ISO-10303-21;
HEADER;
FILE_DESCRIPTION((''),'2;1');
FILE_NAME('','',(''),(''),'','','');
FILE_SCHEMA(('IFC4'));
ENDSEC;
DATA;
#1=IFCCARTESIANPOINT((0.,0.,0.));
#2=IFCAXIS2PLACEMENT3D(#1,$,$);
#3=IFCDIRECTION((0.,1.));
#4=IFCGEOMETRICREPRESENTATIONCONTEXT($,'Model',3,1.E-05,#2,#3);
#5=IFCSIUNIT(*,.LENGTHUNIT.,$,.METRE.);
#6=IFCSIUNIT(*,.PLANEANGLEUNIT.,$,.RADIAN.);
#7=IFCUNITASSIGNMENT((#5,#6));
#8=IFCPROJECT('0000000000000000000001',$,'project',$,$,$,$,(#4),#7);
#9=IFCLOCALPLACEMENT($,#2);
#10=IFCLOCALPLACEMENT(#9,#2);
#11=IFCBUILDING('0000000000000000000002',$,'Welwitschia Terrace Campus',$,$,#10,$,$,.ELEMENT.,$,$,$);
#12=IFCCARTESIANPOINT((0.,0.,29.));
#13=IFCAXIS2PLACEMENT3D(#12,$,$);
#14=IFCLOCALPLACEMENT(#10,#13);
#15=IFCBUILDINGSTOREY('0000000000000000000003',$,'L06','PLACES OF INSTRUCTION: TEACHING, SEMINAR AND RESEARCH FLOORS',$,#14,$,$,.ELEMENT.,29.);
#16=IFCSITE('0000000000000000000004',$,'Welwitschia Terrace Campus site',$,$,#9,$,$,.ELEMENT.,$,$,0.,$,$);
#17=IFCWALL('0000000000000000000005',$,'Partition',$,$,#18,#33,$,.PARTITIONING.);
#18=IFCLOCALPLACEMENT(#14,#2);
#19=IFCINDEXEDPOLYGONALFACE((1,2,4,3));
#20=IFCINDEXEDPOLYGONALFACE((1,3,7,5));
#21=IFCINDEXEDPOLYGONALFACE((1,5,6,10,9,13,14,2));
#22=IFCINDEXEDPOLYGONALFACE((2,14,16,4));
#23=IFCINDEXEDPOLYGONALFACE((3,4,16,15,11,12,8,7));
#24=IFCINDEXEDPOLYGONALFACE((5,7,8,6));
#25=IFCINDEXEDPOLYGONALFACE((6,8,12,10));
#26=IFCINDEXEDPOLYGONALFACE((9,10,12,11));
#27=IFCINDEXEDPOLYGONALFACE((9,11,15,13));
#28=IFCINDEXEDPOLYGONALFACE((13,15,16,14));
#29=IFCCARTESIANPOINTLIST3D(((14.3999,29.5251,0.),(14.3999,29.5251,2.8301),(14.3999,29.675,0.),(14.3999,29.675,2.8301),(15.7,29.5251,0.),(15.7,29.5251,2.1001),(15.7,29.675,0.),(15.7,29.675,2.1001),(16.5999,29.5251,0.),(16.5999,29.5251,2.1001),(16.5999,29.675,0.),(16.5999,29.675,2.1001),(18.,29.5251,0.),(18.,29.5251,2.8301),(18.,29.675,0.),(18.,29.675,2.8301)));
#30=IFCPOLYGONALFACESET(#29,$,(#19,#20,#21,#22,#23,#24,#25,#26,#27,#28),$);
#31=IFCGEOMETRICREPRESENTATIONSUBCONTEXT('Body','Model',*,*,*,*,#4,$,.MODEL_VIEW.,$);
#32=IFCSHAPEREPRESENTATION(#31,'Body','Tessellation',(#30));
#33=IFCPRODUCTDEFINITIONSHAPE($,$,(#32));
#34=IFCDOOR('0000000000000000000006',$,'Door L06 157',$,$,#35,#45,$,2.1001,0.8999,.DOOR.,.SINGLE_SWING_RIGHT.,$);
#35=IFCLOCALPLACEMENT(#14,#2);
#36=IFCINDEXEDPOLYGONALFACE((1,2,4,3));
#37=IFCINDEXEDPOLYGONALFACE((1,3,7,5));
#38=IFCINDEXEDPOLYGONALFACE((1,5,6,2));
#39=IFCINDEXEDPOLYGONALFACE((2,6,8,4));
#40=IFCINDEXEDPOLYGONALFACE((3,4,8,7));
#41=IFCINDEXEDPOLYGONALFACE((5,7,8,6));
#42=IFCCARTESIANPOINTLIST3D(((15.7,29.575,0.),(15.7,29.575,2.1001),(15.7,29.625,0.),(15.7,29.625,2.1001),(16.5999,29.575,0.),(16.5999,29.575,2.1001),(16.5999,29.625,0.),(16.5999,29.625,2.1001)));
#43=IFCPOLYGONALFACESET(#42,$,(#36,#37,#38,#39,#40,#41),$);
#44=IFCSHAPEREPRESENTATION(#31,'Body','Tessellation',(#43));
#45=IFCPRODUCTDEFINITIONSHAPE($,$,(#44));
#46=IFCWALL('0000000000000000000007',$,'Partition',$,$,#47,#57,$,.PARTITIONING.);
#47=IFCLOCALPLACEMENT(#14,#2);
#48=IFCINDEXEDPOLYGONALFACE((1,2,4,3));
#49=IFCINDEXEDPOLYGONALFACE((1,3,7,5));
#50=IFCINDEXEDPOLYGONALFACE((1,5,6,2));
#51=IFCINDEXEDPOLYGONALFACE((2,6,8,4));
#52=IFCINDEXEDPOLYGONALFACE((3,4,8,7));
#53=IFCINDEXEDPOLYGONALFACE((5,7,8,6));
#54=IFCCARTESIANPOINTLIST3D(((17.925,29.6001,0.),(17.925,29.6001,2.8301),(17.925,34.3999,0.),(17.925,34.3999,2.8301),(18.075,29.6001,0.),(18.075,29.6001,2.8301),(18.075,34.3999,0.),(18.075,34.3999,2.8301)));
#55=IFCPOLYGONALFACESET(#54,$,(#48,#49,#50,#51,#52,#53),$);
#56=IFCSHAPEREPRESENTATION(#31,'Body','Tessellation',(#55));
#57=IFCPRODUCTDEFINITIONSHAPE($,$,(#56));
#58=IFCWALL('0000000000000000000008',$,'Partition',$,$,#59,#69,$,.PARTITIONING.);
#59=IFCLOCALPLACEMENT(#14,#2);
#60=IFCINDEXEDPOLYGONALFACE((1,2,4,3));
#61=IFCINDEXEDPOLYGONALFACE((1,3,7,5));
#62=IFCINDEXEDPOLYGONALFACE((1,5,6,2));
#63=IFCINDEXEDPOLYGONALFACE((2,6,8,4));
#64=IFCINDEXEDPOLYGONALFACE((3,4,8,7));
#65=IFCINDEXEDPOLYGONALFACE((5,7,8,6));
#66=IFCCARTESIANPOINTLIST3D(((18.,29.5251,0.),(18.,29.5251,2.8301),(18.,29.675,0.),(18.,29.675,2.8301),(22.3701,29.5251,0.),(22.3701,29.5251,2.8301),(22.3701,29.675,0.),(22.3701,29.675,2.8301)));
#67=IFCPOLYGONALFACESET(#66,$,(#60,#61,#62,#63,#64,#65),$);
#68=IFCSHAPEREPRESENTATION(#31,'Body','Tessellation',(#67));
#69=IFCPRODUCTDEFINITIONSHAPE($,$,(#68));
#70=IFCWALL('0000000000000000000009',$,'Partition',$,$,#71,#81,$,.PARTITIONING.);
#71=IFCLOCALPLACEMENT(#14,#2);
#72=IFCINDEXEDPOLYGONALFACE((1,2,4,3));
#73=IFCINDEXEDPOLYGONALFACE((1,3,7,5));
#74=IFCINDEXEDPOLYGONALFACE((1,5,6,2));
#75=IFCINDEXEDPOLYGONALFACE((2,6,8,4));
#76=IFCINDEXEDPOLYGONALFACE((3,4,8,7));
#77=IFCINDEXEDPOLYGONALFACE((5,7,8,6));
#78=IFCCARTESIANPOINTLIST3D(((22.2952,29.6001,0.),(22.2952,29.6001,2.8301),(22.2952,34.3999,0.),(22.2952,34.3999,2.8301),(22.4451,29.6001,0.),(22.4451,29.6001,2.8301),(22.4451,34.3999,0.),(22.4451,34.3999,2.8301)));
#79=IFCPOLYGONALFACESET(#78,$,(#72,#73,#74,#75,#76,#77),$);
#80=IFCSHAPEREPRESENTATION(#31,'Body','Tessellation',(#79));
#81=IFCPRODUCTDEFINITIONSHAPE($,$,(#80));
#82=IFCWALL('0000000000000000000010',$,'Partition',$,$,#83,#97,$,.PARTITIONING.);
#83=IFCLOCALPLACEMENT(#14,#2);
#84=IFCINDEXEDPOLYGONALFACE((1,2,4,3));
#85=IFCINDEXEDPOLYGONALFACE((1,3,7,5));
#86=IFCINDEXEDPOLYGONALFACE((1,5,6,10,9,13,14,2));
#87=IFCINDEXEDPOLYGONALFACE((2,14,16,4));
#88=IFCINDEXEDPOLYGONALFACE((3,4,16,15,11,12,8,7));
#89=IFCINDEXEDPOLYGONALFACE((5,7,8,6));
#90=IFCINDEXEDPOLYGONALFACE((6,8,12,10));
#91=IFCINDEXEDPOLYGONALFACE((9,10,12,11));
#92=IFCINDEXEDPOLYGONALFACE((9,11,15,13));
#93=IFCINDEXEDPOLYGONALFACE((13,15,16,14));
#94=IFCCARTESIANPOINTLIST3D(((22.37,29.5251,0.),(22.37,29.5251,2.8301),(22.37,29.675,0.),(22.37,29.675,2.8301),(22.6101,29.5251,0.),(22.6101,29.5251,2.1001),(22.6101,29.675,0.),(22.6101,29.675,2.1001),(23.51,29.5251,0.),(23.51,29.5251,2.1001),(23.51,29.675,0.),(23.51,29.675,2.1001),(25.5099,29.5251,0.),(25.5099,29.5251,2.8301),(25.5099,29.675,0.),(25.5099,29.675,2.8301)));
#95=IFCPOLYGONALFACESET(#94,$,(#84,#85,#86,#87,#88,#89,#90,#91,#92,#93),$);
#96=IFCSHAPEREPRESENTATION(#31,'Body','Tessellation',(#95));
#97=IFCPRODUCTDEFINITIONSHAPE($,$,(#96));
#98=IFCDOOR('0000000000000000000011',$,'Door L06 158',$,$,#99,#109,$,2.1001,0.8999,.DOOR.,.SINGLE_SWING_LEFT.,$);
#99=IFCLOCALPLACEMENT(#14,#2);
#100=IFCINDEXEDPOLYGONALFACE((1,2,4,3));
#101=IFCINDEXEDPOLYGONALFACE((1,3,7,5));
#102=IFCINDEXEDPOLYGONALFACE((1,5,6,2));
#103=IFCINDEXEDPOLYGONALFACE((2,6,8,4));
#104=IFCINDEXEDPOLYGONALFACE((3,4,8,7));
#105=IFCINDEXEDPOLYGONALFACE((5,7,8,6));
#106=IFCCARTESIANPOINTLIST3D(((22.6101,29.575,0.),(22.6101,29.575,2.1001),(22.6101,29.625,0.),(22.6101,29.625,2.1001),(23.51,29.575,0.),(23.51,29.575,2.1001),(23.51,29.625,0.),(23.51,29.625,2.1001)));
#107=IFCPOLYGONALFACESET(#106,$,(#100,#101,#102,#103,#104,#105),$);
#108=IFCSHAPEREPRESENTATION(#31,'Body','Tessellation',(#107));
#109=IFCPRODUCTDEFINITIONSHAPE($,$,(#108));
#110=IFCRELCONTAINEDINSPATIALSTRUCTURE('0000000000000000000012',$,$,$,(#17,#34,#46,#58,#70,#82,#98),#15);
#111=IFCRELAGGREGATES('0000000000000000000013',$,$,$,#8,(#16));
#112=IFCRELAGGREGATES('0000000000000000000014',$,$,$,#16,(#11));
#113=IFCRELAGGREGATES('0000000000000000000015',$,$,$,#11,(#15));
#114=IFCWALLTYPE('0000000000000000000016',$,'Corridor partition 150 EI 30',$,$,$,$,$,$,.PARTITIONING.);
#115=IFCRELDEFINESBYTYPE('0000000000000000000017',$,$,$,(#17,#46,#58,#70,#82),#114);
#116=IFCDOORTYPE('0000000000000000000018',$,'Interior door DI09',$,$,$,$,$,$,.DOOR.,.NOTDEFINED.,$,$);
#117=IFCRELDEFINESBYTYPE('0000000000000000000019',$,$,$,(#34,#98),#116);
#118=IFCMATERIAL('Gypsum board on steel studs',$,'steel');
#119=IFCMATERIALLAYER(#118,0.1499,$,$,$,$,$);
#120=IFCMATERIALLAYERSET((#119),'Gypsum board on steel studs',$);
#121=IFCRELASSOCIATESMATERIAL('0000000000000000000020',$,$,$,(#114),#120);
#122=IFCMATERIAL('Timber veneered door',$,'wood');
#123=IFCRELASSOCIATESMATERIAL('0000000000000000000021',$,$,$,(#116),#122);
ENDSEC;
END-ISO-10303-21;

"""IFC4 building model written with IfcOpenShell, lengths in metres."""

from ifc_helpers import new_model, si_unit, direction, frame, frame_2d, origin, place, context, subcontext, project, spatial, rectangle, extrude, material, layer, layer_set, type_object, element, fill, save


model = new_model("IFC4")

# Units and contexts
model_context = context("Model", 3, precision=1e-05, world=origin(), true_north=direction((0.0, 1.0)))
body_context = subcontext(model_context, "Body", "Model", "MODEL_VIEW")
ifc_project = project(units=[si_unit("LENGTHUNIT", "METRE"), si_unit("PLANEANGLEUNIT", "RADIAN")], contexts=[model_context])

# Site, building, storey
site_placement = place(None, origin())
site = spatial("IfcSite", under=ifc_project, at=site_placement, Name="Welwitschia Terrace Campus site", CompositionType="ELEMENT", RefElevation=0.0)
building_placement = place(site_placement, origin())
building = spatial("IfcBuilding", under=site, at=building_placement, Name="Welwitschia Terrace Campus", CompositionType="ELEMENT")
storey_placement = place(building_placement, frame((0.0, 0.0, 29.0)))
storey = spatial("IfcBuildingStorey", under=building, at=storey_placement, Name="L06", Description="PLACES OF INSTRUCTION: TEACHING, SEMINAR AND RESEARCH FLOORS", CompositionType="ELEMENT", Elevation=29.0)

# Shared definitions
ifc_material_1 = material(Name="Gypsum board on steel studs", Category="steel")
ifc_layer_1 = layer(ifc_material_1, 0.1499)
ifc_layer_set_1 = layer_set([ifc_layer_1], Name="Gypsum board on steel studs")
wall_type = type_object("IfcWallType", Name="Corridor partition 150 EI 30", PredefinedType="PARTITIONING", material=ifc_layer_set_1)

# Wall, opening, door
wall_1_placement = place(storey_placement, frame((14.3999, 29.6001, 0.0), z_axis=(0.0, 0.0, 1.0), x_axis=(1.0, 0.0, 0.0)))
wall_1 = element("IfcWall", 1, at=wall_1_placement, inside=storey, type_object=wall_type, Name="Partition", PredefinedType="PARTITIONING", context=body_context, shape_type="SweptSolid", body=[
    extrude(rectangle(XDim=3.6001, YDim=0.1499, at=frame_2d((1.8, 0.0))), origin(), (0.0, 0.0, 1.0), 2.8301),
])
opening_1_placement = place(wall_1_placement, frame((1.3, 0.0, 0.0)))
opening_1 = element("IfcOpeningElement", 2, at=opening_1_placement, cuts=wall_1, PredefinedType="OPENING", context=body_context, shape_type="SweptSolid", body=[
    extrude(rectangle(XDim=0.8999, YDim=2.1001, at=frame_2d((0.45, 1.05))), frame((0.0, 0.085, 0.0), z_axis=(0.0, -1.0, 0.0), x_axis=(1.0, 0.0, 0.0)), (0.0, 0.0, 1.0), 0.1699),
])
ifc_material_2 = material(Name="Timber veneered door", Category="wood")
door_type = type_object("IfcDoorType", Name="Interior door DI09", OperationType="NOTDEFINED", PredefinedType="DOOR", material=ifc_material_2)
door_1_placement = place(opening_1_placement, origin())
door_1 = element("IfcDoor", 3, at=door_1_placement, inside=storey, type_object=door_type, Name="Door L06 157", OperationType="SINGLE_SWING_RIGHT", OverallHeight=2.1001, OverallWidth=0.8999, PredefinedType="DOOR", context=body_context, shape_type="SweptSolid", body=[
    extrude(rectangle(XDim=0.8999, YDim=2.1001, at=frame_2d((0.45, 1.05))), frame((0.0, 0.0249, 0.0), z_axis=(0.0, -1.0, 0.0), x_axis=(1.0, 0.0, 0.0)), (0.0, 0.0, 1.0), 0.05),
])
fill(opening_1, door_1)

# Walls
wall_2_placement = place(storey_placement, frame((18.0, 29.6001, 0.0), z_axis=(0.0, 0.0, 1.0), x_axis=(0.0, 1.0, 0.0)))
element("IfcWall", 4, at=wall_2_placement, inside=storey, type_object=wall_type, Name="Partition", PredefinedType="PARTITIONING", context=body_context, shape_type="SweptSolid", body=[
    extrude(rectangle(XDim=4.7998, YDim=0.1499, at=frame_2d((2.3999, 0.0))), origin(), (0.0, 0.0, 1.0), 2.8301),
])
wall_3_placement = place(storey_placement, frame((18.0, 29.6001, 0.0), z_axis=(0.0, 0.0, 1.0), x_axis=(1.0, 0.0, 0.0)))
element("IfcWall", 5, at=wall_3_placement, inside=storey, type_object=wall_type, Name="Partition", PredefinedType="PARTITIONING", context=body_context, shape_type="SweptSolid", body=[
    extrude(rectangle(XDim=4.3701, YDim=0.1499, at=frame_2d((2.1851, 0.0))), origin(), (0.0, 0.0, 1.0), 2.8301),
])
wall_4_placement = place(storey_placement, frame((22.3701, 29.6001, 0.0), z_axis=(0.0, 0.0, 1.0), x_axis=(0.0, 1.0, 0.0)))
element("IfcWall", 6, at=wall_4_placement, inside=storey, type_object=wall_type, Name="Partition", PredefinedType="PARTITIONING", context=body_context, shape_type="SweptSolid", body=[
    extrude(rectangle(XDim=4.7998, YDim=0.1499, at=frame_2d((2.3999, 0.0))), origin(), (0.0, 0.0, 1.0), 2.8301),
])

# Wall, opening, door
wall_5_placement = place(storey_placement, frame((22.3701, 29.6001, 0.0), z_axis=(0.0, 0.0, 1.0), x_axis=(1.0, 0.0, 0.0)))
wall_5 = element("IfcWall", 7, at=wall_5_placement, inside=storey, type_object=wall_type, Name="Partition", PredefinedType="PARTITIONING", context=body_context, shape_type="SweptSolid", body=[
    extrude(rectangle(XDim=3.1399, YDim=0.1499, at=frame_2d((1.5698, 0.0))), origin(), (0.0, 0.0, 1.0), 2.8301),
])
opening_2_placement = place(wall_5_placement, frame((0.24, 0.0, 0.0)))
opening_2 = element("IfcOpeningElement", 8, at=opening_2_placement, cuts=wall_5, PredefinedType="OPENING", context=body_context, shape_type="SweptSolid", body=[
    extrude(rectangle(XDim=0.8999, YDim=2.1001, at=frame_2d((0.45, 1.05))), frame((0.0, 0.085, 0.0), z_axis=(0.0, -1.0, 0.0), x_axis=(1.0, 0.0, 0.0)), (0.0, 0.0, 1.0), 0.1699),
])
door_2_placement = place(opening_2_placement, origin())
door_2 = element("IfcDoor", 9, at=door_2_placement, inside=storey, type_object=door_type, Name="Door L06 158", OperationType="SINGLE_SWING_LEFT", OverallHeight=2.1001, OverallWidth=0.8999, PredefinedType="DOOR", context=body_context, shape_type="SweptSolid", body=[
    extrude(rectangle(XDim=0.8999, YDim=2.1001, at=frame_2d((0.45, 1.05))), frame((0.0, 0.0249, 0.0), z_axis=(0.0, -1.0, 0.0), x_axis=(1.0, 0.0, 0.0)), (0.0, 0.0, 1.0), 0.05),
])
fill(opening_2, door_2)

save(model, "model.ifc")
